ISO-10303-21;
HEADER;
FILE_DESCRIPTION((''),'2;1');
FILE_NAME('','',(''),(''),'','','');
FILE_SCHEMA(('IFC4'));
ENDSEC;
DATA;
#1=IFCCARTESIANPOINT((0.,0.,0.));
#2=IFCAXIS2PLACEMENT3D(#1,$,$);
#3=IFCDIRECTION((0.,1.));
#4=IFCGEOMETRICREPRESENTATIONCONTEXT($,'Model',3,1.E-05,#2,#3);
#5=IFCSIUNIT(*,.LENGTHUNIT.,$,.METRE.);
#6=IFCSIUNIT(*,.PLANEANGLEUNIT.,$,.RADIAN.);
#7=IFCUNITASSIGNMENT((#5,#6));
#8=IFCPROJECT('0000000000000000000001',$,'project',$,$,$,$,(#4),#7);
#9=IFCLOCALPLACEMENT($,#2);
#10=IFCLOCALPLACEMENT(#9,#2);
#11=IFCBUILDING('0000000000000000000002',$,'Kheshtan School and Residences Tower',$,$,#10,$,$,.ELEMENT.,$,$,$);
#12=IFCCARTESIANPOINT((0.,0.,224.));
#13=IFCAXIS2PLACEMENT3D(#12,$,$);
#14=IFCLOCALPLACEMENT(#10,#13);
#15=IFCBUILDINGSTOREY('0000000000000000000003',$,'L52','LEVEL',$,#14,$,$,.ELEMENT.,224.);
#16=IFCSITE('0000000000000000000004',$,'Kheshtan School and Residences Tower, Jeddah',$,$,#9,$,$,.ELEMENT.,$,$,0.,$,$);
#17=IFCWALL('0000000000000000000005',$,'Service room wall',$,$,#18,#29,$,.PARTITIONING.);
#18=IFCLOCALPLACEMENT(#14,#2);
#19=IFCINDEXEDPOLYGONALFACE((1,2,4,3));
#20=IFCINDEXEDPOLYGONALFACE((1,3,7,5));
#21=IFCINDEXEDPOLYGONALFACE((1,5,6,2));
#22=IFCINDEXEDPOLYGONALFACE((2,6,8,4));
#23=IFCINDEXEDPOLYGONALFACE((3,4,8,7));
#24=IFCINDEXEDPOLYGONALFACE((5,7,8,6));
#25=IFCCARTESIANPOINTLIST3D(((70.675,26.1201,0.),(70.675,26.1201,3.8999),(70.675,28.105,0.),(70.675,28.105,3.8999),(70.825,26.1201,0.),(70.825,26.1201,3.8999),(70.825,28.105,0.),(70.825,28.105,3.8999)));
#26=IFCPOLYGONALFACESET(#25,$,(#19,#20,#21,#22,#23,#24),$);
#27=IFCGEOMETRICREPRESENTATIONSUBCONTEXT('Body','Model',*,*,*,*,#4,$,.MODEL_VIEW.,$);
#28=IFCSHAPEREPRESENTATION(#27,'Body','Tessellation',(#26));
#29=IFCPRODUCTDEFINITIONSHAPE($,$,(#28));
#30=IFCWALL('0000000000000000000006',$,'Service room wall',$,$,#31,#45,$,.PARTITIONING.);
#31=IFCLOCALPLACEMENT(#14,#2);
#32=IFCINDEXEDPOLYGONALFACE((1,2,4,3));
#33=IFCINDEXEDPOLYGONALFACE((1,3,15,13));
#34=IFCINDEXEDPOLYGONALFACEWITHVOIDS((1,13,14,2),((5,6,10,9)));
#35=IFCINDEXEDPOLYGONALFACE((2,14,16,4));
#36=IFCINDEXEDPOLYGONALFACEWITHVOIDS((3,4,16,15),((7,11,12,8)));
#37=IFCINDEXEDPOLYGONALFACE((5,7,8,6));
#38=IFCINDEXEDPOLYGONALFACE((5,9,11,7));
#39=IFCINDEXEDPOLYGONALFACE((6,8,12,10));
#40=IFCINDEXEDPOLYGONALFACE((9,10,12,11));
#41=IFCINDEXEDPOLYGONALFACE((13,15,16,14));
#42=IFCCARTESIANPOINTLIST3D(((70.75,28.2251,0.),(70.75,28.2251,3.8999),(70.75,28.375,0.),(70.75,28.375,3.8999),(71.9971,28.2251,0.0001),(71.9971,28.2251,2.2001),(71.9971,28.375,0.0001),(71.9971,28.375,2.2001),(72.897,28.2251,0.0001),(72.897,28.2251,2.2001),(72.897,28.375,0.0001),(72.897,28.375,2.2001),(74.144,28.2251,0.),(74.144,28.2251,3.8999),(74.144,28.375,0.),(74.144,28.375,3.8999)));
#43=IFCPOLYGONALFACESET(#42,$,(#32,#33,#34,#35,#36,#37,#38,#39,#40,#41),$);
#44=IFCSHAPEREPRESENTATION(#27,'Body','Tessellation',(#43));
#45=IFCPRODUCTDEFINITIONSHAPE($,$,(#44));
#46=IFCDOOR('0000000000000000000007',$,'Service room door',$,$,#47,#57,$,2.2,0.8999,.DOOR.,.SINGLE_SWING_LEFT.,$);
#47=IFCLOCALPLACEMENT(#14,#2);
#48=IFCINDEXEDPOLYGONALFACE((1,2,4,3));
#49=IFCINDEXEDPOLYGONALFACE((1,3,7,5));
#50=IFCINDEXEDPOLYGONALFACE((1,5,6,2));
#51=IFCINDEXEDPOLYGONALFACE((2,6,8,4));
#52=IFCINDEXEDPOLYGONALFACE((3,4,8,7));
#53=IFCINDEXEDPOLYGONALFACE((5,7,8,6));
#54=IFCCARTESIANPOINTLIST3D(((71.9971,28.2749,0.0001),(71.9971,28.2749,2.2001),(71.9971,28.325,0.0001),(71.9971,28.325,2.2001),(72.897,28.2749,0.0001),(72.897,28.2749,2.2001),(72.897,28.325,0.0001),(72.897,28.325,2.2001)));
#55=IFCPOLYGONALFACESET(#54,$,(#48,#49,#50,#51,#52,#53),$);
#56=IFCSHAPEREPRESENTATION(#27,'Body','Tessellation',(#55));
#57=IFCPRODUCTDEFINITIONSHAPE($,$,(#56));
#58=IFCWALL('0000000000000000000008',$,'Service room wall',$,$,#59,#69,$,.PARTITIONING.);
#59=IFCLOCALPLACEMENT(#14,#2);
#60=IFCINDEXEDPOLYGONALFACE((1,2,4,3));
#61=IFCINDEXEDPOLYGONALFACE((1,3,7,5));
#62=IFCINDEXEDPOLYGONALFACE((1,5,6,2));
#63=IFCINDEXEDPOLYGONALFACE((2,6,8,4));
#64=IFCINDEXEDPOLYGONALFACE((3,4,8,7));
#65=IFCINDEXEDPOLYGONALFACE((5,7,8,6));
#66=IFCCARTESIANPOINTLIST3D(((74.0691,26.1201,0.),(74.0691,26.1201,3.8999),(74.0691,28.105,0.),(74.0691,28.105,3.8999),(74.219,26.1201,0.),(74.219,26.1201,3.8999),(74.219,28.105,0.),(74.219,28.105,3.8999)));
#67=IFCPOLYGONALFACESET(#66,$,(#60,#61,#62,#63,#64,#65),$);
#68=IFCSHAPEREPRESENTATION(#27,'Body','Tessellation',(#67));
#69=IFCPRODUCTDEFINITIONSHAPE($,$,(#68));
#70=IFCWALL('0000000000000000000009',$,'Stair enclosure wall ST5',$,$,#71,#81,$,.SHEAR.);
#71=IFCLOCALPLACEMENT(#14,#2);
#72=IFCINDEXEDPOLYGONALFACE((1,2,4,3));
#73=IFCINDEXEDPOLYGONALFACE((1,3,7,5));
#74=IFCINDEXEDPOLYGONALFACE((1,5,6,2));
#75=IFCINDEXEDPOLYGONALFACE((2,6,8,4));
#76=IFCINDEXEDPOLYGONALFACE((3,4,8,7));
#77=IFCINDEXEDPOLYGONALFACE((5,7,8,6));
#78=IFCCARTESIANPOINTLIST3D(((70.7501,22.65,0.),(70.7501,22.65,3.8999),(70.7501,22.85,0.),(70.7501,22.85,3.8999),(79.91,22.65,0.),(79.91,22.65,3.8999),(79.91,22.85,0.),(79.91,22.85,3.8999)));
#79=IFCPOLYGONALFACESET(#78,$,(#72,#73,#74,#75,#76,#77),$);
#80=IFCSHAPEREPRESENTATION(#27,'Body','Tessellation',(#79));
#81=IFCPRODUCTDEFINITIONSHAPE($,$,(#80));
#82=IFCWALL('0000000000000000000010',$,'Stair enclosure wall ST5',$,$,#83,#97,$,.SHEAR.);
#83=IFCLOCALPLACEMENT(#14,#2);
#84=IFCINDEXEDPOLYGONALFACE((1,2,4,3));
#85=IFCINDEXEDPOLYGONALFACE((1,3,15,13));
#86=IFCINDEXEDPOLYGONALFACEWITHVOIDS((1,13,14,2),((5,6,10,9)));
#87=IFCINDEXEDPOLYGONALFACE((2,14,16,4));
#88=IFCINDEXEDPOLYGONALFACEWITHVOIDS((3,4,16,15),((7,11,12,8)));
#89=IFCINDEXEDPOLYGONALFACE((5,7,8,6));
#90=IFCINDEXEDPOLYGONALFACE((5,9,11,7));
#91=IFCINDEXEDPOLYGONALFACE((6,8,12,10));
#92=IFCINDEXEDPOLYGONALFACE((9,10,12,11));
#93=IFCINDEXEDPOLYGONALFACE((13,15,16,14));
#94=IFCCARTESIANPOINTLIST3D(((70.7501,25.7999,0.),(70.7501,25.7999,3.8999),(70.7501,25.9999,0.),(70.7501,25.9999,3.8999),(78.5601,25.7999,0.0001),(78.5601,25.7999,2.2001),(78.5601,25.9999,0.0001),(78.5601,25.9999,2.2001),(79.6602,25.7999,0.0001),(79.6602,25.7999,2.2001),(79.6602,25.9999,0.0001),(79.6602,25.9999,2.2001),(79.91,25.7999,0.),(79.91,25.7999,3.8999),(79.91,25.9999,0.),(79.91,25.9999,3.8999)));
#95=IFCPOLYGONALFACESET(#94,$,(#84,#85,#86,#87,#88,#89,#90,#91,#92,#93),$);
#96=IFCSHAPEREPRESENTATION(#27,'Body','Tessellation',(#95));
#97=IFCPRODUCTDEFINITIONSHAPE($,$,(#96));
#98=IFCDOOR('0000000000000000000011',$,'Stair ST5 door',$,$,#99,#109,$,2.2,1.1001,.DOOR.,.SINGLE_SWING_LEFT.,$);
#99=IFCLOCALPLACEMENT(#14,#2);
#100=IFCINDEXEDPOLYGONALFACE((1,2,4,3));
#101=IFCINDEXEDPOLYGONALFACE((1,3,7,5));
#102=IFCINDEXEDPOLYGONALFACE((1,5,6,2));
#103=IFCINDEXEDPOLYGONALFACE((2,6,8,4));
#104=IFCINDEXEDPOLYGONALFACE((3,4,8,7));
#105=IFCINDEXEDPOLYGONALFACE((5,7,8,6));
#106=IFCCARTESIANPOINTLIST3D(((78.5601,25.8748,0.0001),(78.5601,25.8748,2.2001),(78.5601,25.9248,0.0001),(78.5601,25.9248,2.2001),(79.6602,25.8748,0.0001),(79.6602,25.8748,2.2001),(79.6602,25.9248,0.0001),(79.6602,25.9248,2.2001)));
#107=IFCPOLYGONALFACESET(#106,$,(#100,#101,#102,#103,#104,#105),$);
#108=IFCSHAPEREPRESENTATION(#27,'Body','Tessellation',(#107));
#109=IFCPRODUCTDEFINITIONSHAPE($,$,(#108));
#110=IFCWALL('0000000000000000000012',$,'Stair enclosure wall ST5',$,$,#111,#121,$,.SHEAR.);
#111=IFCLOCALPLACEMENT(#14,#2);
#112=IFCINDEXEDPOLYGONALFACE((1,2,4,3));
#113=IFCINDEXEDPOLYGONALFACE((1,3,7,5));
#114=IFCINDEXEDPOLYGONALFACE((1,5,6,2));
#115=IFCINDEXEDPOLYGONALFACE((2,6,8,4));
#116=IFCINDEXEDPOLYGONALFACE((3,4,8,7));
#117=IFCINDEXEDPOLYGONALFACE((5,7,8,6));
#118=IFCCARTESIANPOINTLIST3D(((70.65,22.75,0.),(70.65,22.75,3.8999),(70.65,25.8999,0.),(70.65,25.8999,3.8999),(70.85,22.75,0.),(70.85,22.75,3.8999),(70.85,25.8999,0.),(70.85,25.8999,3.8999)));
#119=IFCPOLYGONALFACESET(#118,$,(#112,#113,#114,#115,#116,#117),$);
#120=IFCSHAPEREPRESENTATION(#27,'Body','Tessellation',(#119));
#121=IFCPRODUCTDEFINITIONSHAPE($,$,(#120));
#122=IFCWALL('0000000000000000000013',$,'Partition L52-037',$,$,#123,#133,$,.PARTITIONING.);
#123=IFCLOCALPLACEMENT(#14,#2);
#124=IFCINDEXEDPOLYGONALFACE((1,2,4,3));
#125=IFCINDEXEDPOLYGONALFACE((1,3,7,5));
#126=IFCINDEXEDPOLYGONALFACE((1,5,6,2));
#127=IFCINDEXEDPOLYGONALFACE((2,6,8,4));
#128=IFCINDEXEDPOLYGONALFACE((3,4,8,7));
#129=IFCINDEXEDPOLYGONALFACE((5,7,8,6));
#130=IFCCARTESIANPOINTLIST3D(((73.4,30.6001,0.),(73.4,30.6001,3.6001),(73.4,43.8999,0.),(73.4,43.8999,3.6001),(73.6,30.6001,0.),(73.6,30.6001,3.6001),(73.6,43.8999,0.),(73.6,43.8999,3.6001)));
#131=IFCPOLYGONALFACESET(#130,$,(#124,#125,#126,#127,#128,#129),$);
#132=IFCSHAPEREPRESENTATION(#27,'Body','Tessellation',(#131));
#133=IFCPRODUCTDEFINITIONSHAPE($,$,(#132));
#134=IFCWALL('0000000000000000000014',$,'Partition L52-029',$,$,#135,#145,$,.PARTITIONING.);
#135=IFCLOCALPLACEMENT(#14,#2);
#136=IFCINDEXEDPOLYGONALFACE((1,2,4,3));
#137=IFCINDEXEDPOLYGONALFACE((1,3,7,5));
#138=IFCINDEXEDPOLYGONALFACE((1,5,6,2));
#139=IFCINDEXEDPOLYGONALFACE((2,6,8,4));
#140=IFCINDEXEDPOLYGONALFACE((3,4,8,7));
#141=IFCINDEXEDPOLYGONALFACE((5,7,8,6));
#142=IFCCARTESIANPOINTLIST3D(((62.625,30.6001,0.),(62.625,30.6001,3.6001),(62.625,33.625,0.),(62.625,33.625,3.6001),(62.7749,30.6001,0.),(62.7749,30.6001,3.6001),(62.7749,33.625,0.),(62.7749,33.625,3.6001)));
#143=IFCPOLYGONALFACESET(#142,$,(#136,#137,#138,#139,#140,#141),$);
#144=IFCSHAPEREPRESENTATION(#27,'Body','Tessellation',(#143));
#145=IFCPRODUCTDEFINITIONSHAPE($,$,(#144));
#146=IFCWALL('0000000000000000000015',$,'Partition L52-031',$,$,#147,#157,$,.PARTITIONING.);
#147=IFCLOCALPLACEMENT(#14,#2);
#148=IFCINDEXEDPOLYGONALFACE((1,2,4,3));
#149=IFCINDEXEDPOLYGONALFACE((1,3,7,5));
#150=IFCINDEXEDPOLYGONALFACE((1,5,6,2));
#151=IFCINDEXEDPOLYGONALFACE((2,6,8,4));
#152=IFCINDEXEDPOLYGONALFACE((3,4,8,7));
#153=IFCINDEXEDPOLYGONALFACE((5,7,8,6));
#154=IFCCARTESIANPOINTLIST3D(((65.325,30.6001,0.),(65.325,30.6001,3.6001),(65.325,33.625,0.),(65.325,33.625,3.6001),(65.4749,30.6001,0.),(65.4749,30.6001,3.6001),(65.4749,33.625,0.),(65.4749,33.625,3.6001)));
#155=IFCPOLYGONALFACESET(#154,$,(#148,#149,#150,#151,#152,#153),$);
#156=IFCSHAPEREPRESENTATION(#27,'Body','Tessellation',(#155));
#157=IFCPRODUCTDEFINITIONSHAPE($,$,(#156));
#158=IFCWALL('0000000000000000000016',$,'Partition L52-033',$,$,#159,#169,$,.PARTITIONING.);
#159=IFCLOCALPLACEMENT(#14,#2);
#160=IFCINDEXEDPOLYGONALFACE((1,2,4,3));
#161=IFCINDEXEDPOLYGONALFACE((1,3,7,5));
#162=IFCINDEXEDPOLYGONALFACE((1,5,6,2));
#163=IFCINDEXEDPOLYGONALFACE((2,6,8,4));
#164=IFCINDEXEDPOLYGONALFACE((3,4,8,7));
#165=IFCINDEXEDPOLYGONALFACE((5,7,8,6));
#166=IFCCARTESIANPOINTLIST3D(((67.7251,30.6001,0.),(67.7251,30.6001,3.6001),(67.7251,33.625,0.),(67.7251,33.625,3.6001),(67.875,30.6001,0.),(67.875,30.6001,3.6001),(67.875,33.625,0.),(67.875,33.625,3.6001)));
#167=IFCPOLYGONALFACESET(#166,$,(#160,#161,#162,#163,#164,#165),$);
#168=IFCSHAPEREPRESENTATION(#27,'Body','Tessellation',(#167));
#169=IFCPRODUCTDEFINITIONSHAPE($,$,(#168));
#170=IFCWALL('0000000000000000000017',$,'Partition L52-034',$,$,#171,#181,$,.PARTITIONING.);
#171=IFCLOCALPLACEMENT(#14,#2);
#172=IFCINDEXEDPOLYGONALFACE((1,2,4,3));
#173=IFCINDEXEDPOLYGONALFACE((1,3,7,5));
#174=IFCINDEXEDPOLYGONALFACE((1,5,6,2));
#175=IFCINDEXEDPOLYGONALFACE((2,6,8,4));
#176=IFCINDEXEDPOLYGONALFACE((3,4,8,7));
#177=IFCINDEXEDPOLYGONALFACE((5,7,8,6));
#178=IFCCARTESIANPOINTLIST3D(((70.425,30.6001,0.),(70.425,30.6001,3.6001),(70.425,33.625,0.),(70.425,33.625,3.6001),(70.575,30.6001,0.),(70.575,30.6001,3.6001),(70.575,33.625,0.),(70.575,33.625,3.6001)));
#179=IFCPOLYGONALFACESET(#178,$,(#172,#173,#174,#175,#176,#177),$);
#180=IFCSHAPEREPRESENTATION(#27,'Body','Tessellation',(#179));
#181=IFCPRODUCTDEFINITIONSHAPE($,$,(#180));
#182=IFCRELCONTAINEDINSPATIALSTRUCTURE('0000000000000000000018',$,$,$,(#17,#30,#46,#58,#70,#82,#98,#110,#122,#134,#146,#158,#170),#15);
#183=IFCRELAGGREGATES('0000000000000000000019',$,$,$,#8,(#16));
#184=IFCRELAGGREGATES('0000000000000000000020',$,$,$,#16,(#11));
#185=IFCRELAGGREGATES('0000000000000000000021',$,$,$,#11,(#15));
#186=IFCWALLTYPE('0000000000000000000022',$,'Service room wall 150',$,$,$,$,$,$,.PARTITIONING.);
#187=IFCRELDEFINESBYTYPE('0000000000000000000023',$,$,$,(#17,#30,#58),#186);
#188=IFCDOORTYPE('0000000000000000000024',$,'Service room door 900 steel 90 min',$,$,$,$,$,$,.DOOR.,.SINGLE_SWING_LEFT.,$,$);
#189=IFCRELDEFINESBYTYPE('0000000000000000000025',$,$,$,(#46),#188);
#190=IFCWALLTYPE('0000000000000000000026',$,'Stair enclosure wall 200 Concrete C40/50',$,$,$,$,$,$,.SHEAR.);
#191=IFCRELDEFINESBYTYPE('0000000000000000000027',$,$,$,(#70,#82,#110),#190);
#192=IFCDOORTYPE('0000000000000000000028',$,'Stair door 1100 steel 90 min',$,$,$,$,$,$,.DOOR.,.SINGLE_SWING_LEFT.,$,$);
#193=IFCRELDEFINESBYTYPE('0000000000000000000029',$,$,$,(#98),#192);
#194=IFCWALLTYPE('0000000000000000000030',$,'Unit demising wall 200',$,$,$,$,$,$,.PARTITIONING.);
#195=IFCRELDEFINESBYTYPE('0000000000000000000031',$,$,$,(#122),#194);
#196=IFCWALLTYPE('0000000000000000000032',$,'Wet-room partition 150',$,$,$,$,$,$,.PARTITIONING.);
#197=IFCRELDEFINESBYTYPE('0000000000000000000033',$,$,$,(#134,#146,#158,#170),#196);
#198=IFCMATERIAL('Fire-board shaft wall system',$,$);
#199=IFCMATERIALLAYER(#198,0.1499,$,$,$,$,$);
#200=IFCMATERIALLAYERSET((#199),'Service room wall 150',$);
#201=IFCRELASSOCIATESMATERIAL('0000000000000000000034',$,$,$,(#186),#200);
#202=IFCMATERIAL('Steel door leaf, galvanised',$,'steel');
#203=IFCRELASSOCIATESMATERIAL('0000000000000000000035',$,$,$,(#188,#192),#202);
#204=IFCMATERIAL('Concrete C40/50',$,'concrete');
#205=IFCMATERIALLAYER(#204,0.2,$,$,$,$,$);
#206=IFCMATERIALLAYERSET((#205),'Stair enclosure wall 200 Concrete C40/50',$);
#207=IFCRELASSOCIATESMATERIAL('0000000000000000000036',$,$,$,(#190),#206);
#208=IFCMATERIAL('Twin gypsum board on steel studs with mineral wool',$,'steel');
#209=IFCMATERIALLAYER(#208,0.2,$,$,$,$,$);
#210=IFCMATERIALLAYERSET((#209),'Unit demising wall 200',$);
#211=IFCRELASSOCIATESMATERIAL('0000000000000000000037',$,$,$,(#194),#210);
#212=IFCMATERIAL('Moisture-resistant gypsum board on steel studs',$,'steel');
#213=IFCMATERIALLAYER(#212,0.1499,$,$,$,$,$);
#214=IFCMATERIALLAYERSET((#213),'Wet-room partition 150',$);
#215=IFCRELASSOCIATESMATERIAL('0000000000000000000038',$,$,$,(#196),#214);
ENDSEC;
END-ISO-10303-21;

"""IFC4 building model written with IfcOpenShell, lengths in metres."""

from ifc_helpers import new_model, si_unit, direction, frame, frame_2d, origin, place, context, subcontext, project, spatial, rectangle, extrude, source, transform, mapped, material, layer, layer_set, type_object, element, fill, save


model = new_model("IFC4")

# Units and contexts
model_context = context("Model", 3, precision=1e-05, world=origin(), true_north=direction((0.0, 1.0)))
body_context = subcontext(model_context, "Body", "Model", "MODEL_VIEW")
ifc_project = project(units=[si_unit("LENGTHUNIT", "METRE"), si_unit("PLANEANGLEUNIT", "RADIAN")], contexts=[model_context])

# Site, building, storey
site_placement = place(None, origin())
site = spatial("IfcSite", under=ifc_project, at=site_placement, Name="Kheshtan School and Residences Tower, Jeddah", CompositionType="ELEMENT", RefElevation=0.0)
building_placement = place(site_placement, origin())
building = spatial("IfcBuilding", under=site, at=building_placement, Name="Kheshtan School and Residences Tower", CompositionType="ELEMENT")
storey_placement = place(building_placement, frame((0.0, 0.0, 224.0)))
storey = spatial("IfcBuildingStorey", under=building, at=storey_placement, Name="L52", Description="LEVEL", CompositionType="ELEMENT", Elevation=224.0)

# Shared definitions
ifc_material_1 = material(Name="Fire-board shaft wall system")
ifc_layer_1 = layer(ifc_material_1, 0.1499)
ifc_layer_set_1 = layer_set([ifc_layer_1], Name="Service room wall 150")
wall_type_1 = type_object("IfcWallType", Name="Service room wall 150", PredefinedType="PARTITIONING", material=ifc_layer_set_1)
ifc_material_2 = material(Name="Steel door leaf, galvanised", Category="steel")
door_type_1 = type_object("IfcDoorType", Name="Service room door 900 steel 90 min", OperationType="SINGLE_SWING_LEFT", PredefinedType="DOOR", material=ifc_material_2)
shared_shape_1 = source(origin(), body_context, "Body", "SweptSolid", [
    extrude(rectangle(XDim=0.8999, YDim=2.2, at=frame_2d((0.45, 1.1001))), frame((0.0, 0.0249, 0.0), z_axis=(0.0, -1.0, 0.0), x_axis=(1.0, 0.0, 0.0)), (0.0, 0.0, 1.0), 0.05),
])

# Wall
wall_1_placement = place(storey_placement, frame((70.75, 26.1201, 0.0), z_axis=(0.0, 0.0, 1.0), x_axis=(0.0, 1.0, 0.0)))
element("IfcWall", 1, at=wall_1_placement, inside=storey, type_object=wall_type_1, Name="Service room wall", PredefinedType="PARTITIONING", context=body_context, shape_type="SweptSolid", body=[
    extrude(rectangle(XDim=1.9849, YDim=0.1499, at=frame_2d((0.9924, 0.0))), origin(), (0.0, 0.0, 1.0), 3.8999),
])

# Wall, opening, door
wall_2_placement = place(storey_placement, frame((70.75, 28.3, 0.0), z_axis=(0.0, 0.0, 1.0), x_axis=(1.0, 0.0, 0.0)))
wall_2 = element("IfcWall", 2, at=wall_2_placement, inside=storey, type_object=wall_type_1, Name="Service room wall", PredefinedType="PARTITIONING", context=body_context, shape_type="SweptSolid", body=[
    extrude(rectangle(XDim=3.394, YDim=0.1499, at=frame_2d((1.697, 0.0))), origin(), (0.0, 0.0, 1.0), 3.8999),
])
opening_1_placement = place(wall_2_placement, frame((1.2471, 0.0, 0.0)))
opening_1 = element("IfcOpeningElement", 3, at=opening_1_placement, cuts=wall_2, PredefinedType="OPENING", context=body_context, shape_type="SweptSolid", body=[
    extrude(rectangle(XDim=0.8999, YDim=2.2, at=frame_2d((0.45, 1.1001))), frame((0.0, 0.085, 0.0), z_axis=(0.0, -1.0, 0.0), x_axis=(1.0, 0.0, 0.0)), (0.0, 0.0, 1.0), 0.1699),
])
door_1_placement = place(opening_1_placement, origin())
door_1 = element("IfcDoor", 4, at=door_1_placement, inside=storey, type_object=door_type_1, Name="Service room door", OperationType="SINGLE_SWING_LEFT", OverallHeight=2.2, OverallWidth=0.8999, PredefinedType="DOOR", context=body_context, shape_type="MappedRepresentation", body=[
    mapped(shared_shape_1, transform((0.0, 0.0, 0.0), x_axis=(1.0, 0.0, 0.0), y_axis=(0.0, 1.0, 0.0), z_axis=(0.0, 0.0, 1.0), scale=1.0)),
])
fill(opening_1, door_1)

# Walls
wall_3_placement = place(storey_placement, frame((74.144, 26.1201, 0.0), z_axis=(0.0, 0.0, 1.0), x_axis=(0.0, 1.0, 0.0)))
element("IfcWall", 5, at=wall_3_placement, inside=storey, type_object=wall_type_1, Name="Service room wall", PredefinedType="PARTITIONING", context=body_context, shape_type="SweptSolid", body=[
    extrude(rectangle(XDim=1.9849, YDim=0.1499, at=frame_2d((0.9924, 0.0))), origin(), (0.0, 0.0, 1.0), 3.8999),
])
ifc_material_3 = material(Name="Concrete C40/50", Category="concrete")
ifc_layer_2 = layer(ifc_material_3, 0.2)
ifc_layer_set_2 = layer_set([ifc_layer_2], Name="Stair enclosure wall 200 Concrete C40/50")
wall_type_2 = type_object("IfcWallType", Name="Stair enclosure wall 200 Concrete C40/50", PredefinedType="SHEAR", material=ifc_layer_set_2)
wall_4_placement = place(storey_placement, frame((70.75, 22.75, 0.0), z_axis=(0.0, 0.0, 1.0), x_axis=(1.0, 0.0, 0.0)))
element("IfcWall", 6, at=wall_4_placement, inside=storey, type_object=wall_type_2, Name="Stair enclosure wall ST5", PredefinedType="SHEAR", context=body_context, shape_type="SweptSolid", body=[
    extrude(rectangle(XDim=9.1599, YDim=0.2, at=frame_2d((4.5801, 0.0))), origin(), (0.0, 0.0, 1.0), 3.8999),
])

# Wall, opening, door
wall_5_placement = place(storey_placement, frame((70.75, 25.8999, 0.0), z_axis=(0.0, 0.0, 1.0), x_axis=(1.0, 0.0, 0.0)))
wall_5 = element("IfcWall", 7, at=wall_5_placement, inside=storey, type_object=wall_type_2, Name="Stair enclosure wall ST5", PredefinedType="SHEAR", context=body_context, shape_type="SweptSolid", body=[
    extrude(rectangle(XDim=9.1599, YDim=0.2, at=frame_2d((4.5801, 0.0))), origin(), (0.0, 0.0, 1.0), 3.8999),
])
opening_2_placement = place(wall_5_placement, frame((7.8101, 0.0, 0.0)))
opening_2 = element("IfcOpeningElement", 8, at=opening_2_placement, cuts=wall_5, PredefinedType="OPENING", context=body_context, shape_type="SweptSolid", body=[
    extrude(rectangle(XDim=1.1001, YDim=2.2, at=frame_2d((0.55, 1.1001))), frame((0.0, 0.1099, 0.0), z_axis=(0.0, -1.0, 0.0), x_axis=(1.0, 0.0, 0.0)), (0.0, 0.0, 1.0), 0.22),
])
door_type_2 = type_object("IfcDoorType", Name="Stair door 1100 steel 90 min", OperationType="SINGLE_SWING_LEFT", PredefinedType="DOOR", material=ifc_material_2)
shared_shape_2 = source(origin(), body_context, "Body", "SweptSolid", [
    extrude(rectangle(XDim=1.1001, YDim=2.2, at=frame_2d((0.55, 1.1001))), frame((0.0, 0.0249, 0.0), z_axis=(0.0, -1.0, 0.0), x_axis=(1.0, 0.0, 0.0)), (0.0, 0.0, 1.0), 0.05),
])
door_2_placement = place(opening_2_placement, origin())
door_2 = element("IfcDoor", 9, at=door_2_placement, inside=storey, type_object=door_type_2, Name="Stair ST5 door", OperationType="SINGLE_SWING_LEFT", OverallHeight=2.2, OverallWidth=1.1001, PredefinedType="DOOR", context=body_context, shape_type="MappedRepresentation", body=[
    mapped(shared_shape_2, transform((0.0, 0.0, 0.0), x_axis=(1.0, 0.0, 0.0), y_axis=(0.0, 1.0, 0.0), z_axis=(0.0, 0.0, 1.0), scale=1.0)),
])
fill(opening_2, door_2)

# Walls
wall_6_placement = place(storey_placement, frame((70.75, 22.75, 0.0), z_axis=(0.0, 0.0, 1.0), x_axis=(0.0, 1.0, 0.0)))
element("IfcWall", 10, at=wall_6_placement, inside=storey, type_object=wall_type_2, Name="Stair enclosure wall ST5", PredefinedType="SHEAR", context=body_context, shape_type="SweptSolid", body=[
    extrude(rectangle(XDim=3.1499, YDim=0.2, at=frame_2d((1.575, 0.0))), origin(), (0.0, 0.0, 1.0), 3.8999),
])
ifc_material_4 = material(Name="Twin gypsum board on steel studs with mineral wool", Category="steel")
ifc_layer_3 = layer(ifc_material_4, 0.2)
ifc_layer_set_3 = layer_set([ifc_layer_3], Name="Unit demising wall 200")
wall_type_3 = type_object("IfcWallType", Name="Unit demising wall 200", PredefinedType="PARTITIONING", material=ifc_layer_set_3)
wall_7_placement = place(storey_placement, frame((73.5, 30.6001, 0.0), z_axis=(0.0, 0.0, 1.0), x_axis=(0.0, 1.0, 0.0)))
element("IfcWall", 11, at=wall_7_placement, inside=storey, type_object=wall_type_3, Name="Partition L52-037", PredefinedType="PARTITIONING", context=body_context, shape_type="SweptSolid", body=[
    extrude(rectangle(XDim=13.2998, YDim=0.2, at=frame_2d((6.6499, 0.0))), origin(), (0.0, 0.0, 1.0), 3.6001),
])
ifc_material_5 = material(Name="Moisture-resistant gypsum board on steel studs", Category="steel")
ifc_layer_4 = layer(ifc_material_5, 0.1499)
ifc_layer_set_4 = layer_set([ifc_layer_4], Name="Wet-room partition 150")
wall_type_4 = type_object("IfcWallType", Name="Wet-room partition 150", PredefinedType="PARTITIONING", material=ifc_layer_set_4)
for number, where, z_axis, x_axis, name in (
    (12, (62.7, 30.6001, 0.0), (0.0, 0.0, 1.0), (0.0, 1.0, 0.0), "Partition L52-029"),
    (13, (65.3999, 30.6001, 0.0), (0.0, 0.0, 1.0), (0.0, 1.0, 0.0), "Partition L52-031"),
    (14, (67.8, 30.6001, 0.0), (0.0, 0.0, 1.0), (0.0, 1.0, 0.0), "Partition L52-033"),
    (15, (70.5, 30.6001, 0.0), (0.0, 0.0, 1.0), (0.0, 1.0, 0.0), "Partition L52-034"),
):
    element("IfcWall", number, at=place(storey_placement, frame(where, z_axis=z_axis, x_axis=x_axis)), inside=storey, type_object=wall_type_4, Name=name, PredefinedType="PARTITIONING", context=body_context, shape_type="SweptSolid", body=[
        extrude(rectangle(XDim=3.0249, YDim=0.1499, at=frame_2d((1.5125, 0.0))), origin(), (0.0, 0.0, 1.0), 3.6001),
    ])

save(model, "model.ifc")
